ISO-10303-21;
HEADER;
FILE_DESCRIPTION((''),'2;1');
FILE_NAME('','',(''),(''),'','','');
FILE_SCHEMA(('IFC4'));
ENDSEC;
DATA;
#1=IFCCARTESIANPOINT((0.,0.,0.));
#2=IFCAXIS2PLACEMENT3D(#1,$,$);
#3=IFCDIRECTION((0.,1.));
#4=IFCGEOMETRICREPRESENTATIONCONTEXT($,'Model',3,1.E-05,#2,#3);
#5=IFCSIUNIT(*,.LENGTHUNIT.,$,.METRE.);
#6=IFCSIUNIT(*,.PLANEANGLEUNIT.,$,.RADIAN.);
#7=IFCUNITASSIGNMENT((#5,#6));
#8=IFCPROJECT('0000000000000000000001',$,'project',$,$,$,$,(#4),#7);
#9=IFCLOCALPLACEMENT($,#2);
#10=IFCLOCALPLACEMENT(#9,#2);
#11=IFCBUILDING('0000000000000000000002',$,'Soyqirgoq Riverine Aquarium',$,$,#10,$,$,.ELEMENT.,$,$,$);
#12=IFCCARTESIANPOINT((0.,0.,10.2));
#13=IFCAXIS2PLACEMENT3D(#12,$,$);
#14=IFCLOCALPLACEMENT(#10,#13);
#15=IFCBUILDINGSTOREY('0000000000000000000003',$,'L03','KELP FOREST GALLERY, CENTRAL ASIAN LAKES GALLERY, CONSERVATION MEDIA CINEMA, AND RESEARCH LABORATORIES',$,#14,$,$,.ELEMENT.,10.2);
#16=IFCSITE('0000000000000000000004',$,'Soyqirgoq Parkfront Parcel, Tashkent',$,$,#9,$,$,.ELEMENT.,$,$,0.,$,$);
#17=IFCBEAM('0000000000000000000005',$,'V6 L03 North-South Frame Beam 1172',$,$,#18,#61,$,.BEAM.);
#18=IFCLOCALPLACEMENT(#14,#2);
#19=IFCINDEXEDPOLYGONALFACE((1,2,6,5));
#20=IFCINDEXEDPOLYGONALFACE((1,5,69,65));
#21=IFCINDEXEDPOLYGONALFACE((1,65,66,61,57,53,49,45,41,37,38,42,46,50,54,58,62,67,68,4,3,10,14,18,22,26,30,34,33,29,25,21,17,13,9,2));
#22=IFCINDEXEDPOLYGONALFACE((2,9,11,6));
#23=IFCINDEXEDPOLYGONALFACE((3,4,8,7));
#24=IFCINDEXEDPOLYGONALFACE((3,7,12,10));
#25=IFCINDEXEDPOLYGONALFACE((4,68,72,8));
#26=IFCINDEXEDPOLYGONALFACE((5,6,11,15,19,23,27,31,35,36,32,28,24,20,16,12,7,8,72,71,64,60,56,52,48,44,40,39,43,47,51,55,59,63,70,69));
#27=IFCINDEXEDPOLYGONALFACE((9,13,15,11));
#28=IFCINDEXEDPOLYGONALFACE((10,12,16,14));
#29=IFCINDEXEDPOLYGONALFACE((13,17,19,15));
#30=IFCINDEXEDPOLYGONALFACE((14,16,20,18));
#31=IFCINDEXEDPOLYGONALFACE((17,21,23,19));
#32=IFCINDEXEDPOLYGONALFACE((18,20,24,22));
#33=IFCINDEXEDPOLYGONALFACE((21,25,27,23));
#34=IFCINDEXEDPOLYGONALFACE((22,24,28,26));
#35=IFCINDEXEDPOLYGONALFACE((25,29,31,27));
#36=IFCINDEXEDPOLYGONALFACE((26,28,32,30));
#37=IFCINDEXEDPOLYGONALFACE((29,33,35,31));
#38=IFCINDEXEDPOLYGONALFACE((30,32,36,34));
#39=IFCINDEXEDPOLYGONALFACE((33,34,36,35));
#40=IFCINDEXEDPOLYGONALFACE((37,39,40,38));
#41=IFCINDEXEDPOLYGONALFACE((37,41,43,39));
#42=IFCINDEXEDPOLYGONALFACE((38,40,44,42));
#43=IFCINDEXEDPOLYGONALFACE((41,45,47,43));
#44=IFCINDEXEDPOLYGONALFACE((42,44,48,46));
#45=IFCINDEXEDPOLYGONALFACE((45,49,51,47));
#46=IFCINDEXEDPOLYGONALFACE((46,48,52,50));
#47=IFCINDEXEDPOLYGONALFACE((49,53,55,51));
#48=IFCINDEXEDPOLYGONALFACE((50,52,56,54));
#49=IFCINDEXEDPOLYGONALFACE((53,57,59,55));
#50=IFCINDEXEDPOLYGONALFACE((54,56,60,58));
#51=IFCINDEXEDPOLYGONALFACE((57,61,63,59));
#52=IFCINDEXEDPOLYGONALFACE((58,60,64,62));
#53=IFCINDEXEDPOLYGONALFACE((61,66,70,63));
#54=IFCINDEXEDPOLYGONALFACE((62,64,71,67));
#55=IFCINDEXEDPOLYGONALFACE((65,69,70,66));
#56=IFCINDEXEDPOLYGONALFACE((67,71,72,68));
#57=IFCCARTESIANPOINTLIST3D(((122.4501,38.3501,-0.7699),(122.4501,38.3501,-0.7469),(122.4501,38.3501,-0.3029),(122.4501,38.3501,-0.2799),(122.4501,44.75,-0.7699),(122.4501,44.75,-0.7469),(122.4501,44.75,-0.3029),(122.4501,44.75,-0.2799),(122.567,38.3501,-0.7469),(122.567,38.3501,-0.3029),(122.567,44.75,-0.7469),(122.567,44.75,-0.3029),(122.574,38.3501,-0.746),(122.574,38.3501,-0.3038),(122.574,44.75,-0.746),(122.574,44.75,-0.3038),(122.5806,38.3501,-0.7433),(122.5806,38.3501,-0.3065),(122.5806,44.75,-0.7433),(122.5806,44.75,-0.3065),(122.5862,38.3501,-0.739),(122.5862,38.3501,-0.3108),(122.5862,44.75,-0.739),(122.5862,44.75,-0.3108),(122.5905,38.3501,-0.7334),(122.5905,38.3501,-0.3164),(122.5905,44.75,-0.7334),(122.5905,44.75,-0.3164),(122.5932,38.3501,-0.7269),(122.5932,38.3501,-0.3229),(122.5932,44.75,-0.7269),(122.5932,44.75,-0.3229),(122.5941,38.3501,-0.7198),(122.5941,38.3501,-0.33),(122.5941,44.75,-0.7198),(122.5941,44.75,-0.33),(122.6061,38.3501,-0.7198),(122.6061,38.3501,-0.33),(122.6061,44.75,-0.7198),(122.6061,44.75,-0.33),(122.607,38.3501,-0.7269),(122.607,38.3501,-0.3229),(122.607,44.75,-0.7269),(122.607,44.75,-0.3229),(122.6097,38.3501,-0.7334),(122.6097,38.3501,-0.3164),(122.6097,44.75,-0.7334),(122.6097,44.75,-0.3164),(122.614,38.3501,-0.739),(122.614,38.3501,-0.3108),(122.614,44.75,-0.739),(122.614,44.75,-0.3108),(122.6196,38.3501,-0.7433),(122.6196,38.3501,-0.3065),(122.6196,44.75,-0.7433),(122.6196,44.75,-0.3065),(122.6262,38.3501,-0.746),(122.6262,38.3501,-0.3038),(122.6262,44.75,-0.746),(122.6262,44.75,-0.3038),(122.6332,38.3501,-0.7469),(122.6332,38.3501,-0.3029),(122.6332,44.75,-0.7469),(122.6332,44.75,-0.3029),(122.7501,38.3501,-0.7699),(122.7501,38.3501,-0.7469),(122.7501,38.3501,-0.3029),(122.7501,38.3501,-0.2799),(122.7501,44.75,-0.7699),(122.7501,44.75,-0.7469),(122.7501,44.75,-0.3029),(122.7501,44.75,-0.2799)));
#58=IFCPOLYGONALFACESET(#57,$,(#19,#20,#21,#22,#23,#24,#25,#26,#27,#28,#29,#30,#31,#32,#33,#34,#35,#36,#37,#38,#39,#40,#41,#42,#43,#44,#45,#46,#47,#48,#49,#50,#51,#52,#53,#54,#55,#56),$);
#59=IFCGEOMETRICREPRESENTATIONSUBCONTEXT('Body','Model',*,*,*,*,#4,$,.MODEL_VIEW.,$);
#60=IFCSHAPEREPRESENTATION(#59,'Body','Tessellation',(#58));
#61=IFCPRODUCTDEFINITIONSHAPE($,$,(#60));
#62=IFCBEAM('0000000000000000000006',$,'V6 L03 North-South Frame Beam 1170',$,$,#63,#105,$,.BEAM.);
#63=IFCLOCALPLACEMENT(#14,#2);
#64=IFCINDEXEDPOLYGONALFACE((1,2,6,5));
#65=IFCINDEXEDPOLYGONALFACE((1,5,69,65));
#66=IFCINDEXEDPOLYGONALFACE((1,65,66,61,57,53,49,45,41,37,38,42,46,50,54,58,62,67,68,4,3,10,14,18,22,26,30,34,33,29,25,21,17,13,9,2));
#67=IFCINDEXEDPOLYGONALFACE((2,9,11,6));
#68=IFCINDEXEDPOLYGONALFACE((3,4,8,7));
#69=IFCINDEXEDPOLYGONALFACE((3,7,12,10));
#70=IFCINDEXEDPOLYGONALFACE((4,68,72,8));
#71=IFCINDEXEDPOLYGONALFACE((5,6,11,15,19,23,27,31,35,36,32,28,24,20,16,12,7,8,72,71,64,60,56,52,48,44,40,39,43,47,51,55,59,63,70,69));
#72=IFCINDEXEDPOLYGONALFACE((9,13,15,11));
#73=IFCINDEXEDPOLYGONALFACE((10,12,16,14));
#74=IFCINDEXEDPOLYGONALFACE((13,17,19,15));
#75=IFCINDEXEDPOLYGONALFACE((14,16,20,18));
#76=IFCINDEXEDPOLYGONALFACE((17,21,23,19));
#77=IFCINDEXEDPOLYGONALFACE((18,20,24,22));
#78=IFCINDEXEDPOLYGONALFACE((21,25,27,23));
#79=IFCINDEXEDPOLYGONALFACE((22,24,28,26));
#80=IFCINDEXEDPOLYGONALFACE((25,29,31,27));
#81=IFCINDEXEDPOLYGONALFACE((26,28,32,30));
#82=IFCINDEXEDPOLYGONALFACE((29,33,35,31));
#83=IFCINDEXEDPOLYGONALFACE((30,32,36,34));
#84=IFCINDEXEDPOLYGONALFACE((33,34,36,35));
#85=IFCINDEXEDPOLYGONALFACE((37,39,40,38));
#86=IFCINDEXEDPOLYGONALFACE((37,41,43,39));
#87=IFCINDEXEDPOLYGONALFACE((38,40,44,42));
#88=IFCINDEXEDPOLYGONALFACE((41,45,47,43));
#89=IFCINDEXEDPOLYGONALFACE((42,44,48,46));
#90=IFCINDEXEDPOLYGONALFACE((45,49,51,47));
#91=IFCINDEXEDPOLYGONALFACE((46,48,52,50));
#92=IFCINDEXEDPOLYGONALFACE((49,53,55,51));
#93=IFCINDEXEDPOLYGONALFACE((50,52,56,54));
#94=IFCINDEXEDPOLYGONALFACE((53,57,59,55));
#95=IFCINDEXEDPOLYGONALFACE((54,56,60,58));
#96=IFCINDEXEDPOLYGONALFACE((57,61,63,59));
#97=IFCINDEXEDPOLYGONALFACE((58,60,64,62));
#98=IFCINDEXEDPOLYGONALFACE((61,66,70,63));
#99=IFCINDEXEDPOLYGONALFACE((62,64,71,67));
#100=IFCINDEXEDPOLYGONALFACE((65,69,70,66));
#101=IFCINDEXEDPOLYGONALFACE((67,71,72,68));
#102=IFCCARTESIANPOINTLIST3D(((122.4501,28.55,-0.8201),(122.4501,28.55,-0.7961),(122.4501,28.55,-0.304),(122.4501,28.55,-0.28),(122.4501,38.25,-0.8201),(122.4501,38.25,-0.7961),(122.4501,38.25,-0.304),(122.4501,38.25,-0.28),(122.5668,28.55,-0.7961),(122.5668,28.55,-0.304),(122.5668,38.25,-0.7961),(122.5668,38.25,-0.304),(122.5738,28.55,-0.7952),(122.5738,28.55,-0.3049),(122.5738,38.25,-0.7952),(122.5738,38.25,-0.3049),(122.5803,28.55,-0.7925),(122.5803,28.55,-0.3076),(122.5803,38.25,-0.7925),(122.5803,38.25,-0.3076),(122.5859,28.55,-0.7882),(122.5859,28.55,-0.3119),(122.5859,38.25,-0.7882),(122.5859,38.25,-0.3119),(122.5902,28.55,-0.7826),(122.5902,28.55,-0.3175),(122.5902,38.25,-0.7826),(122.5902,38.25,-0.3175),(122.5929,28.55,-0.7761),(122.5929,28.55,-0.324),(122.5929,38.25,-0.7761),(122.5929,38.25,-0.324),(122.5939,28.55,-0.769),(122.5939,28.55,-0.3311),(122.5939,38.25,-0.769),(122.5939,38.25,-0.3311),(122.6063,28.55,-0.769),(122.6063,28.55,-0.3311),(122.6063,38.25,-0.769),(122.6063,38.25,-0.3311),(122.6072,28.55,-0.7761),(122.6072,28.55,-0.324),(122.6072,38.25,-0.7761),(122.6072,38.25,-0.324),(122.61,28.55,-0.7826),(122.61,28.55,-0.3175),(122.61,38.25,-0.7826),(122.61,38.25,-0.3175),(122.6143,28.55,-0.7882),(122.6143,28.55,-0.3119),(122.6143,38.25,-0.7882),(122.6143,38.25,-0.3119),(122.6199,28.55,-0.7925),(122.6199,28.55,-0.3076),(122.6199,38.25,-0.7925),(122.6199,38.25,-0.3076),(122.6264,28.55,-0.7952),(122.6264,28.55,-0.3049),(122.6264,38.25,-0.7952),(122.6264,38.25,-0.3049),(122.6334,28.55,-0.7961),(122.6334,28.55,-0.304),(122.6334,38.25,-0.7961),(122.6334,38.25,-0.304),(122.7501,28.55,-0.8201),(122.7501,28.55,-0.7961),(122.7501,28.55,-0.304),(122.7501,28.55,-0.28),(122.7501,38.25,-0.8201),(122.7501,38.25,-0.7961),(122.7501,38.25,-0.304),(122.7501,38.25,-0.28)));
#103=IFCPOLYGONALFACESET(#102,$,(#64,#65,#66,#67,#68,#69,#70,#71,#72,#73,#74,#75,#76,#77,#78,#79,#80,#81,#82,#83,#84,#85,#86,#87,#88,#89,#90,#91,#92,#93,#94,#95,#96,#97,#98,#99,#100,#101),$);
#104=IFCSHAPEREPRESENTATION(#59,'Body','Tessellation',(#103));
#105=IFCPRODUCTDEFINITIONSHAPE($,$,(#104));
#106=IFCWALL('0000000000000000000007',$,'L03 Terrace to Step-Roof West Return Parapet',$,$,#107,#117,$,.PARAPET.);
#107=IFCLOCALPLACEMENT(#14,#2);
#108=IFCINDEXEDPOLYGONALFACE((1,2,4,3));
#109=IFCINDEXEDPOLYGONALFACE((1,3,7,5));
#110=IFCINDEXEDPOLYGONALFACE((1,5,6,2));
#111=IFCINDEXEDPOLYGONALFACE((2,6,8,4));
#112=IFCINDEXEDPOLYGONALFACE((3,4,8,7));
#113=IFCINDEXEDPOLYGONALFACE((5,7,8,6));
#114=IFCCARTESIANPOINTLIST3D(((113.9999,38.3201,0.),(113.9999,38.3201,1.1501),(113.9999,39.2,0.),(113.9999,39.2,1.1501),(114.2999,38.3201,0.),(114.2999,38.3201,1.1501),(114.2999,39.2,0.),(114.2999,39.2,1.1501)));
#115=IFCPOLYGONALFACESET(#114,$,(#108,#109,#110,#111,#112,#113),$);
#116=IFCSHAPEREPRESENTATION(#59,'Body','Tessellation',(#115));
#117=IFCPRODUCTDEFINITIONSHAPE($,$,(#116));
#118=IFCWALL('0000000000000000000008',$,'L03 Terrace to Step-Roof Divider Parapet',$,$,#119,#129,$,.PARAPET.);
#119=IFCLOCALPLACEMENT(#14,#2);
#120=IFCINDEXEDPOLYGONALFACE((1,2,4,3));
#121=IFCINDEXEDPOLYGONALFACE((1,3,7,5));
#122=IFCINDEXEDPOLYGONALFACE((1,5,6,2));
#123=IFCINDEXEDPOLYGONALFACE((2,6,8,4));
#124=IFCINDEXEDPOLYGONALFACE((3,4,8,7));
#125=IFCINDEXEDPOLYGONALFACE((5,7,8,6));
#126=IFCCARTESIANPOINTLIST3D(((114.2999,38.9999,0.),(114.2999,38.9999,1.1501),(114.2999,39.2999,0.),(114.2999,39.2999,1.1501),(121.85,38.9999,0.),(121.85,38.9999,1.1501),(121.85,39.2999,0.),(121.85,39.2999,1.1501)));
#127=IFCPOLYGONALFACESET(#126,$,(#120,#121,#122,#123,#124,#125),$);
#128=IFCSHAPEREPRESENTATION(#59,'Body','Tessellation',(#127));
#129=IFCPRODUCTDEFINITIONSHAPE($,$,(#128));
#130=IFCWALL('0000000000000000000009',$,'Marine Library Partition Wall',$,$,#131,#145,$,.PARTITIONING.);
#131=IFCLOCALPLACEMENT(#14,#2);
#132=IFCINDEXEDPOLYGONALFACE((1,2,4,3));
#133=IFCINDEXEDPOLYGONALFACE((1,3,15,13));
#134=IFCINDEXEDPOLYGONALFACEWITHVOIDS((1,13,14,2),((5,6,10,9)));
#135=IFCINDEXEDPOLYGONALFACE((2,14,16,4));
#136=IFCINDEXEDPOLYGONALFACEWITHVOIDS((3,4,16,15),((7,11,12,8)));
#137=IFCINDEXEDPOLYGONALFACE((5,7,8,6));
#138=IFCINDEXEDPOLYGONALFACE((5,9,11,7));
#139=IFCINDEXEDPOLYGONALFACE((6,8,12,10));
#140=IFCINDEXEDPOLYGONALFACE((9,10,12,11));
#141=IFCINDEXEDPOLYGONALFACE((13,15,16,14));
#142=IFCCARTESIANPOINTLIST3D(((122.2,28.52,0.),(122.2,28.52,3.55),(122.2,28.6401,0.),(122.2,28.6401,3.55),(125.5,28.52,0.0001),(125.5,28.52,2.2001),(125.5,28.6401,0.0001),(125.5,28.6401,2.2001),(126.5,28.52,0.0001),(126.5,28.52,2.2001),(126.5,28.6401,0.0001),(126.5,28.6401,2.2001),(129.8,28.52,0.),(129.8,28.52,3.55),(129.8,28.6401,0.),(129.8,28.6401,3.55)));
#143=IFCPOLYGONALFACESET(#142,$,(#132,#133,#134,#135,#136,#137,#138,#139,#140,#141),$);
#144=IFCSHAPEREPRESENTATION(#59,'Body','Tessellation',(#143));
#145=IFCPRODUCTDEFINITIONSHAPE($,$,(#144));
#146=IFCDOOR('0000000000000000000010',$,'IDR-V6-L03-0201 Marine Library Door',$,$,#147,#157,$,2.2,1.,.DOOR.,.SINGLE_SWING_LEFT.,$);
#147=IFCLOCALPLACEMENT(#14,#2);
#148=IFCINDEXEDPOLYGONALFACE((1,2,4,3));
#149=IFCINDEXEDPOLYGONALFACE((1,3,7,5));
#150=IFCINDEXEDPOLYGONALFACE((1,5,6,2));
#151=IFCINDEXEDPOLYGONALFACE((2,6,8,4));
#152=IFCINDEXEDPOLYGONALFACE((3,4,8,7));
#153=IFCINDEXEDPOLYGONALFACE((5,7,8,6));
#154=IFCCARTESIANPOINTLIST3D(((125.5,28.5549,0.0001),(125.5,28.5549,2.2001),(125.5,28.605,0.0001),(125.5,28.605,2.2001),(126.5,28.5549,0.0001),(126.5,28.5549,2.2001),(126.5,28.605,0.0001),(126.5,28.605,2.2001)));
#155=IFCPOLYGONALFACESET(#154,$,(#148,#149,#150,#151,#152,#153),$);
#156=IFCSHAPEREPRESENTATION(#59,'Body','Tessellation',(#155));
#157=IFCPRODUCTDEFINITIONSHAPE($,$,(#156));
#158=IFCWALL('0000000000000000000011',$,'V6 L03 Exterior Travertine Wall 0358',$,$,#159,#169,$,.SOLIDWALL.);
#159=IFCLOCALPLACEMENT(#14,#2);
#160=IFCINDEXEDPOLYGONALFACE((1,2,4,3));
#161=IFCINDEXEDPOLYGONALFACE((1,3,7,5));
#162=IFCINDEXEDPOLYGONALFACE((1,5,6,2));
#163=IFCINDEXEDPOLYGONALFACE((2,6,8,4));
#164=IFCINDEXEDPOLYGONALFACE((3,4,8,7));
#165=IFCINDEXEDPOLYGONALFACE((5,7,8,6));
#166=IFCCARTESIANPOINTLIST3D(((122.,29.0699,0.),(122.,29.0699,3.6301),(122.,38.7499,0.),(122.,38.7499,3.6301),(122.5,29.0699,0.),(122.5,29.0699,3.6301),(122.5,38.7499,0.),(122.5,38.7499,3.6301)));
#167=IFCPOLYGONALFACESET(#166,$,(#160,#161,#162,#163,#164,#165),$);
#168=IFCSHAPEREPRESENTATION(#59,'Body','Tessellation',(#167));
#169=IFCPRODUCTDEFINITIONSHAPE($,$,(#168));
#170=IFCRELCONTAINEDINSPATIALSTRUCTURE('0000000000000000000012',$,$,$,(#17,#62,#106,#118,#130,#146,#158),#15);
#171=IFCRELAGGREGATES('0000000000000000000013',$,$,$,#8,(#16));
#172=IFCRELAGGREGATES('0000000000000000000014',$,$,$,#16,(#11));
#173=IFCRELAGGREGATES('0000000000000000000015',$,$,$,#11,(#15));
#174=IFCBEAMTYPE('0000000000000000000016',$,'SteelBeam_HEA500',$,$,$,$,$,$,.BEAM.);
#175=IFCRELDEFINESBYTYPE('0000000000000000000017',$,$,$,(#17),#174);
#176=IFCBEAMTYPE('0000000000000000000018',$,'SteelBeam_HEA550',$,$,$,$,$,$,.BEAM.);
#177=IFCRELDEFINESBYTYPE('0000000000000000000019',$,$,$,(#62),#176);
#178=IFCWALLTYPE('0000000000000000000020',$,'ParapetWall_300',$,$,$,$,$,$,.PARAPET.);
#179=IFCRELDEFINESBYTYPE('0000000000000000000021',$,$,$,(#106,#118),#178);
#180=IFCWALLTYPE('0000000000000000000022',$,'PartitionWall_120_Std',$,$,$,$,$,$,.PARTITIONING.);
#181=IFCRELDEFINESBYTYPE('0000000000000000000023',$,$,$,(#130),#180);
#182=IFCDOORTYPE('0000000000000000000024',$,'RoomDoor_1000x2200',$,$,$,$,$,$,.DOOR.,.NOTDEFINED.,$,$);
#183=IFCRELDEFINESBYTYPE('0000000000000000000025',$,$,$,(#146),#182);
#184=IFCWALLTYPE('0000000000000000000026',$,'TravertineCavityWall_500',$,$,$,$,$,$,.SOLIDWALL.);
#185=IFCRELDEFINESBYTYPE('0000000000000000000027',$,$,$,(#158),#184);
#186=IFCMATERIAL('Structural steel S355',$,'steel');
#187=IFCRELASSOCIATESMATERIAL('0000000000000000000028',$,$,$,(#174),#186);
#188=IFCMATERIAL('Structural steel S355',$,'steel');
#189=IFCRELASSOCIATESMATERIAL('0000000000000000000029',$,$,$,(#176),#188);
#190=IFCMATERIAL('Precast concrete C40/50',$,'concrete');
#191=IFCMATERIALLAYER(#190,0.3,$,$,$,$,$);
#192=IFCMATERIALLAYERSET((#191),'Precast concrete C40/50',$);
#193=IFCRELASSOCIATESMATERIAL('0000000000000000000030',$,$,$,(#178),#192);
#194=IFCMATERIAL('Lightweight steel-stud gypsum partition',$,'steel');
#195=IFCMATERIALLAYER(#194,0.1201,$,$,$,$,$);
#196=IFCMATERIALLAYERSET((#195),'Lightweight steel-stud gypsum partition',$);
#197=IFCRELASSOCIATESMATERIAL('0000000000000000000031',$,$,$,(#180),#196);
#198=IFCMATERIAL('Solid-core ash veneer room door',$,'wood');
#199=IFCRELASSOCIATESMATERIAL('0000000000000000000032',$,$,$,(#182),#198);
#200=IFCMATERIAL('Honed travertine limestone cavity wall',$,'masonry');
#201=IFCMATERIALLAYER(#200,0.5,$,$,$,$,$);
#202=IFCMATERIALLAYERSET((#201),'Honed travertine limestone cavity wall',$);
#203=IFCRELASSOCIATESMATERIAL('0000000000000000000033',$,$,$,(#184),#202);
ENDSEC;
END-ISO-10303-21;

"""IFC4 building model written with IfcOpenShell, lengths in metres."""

from ifc_helpers import new_model, si_unit, direction, frame, frame_2d, origin, origin_2d, place, context, subcontext, project, spatial, rectangle, i_section, extrude, material, layer, layer_set, material_profile, profile_set, type_object, element, fill, save


model = new_model("IFC4")

# Units and contexts
model_context = context("Model", 3, precision=1e-05, world=origin(), true_north=direction((0.0, 1.0)))
body_context = subcontext(model_context, "Body", "Model", "MODEL_VIEW")
ifc_project = project(units=[si_unit("LENGTHUNIT", "METRE"), si_unit("PLANEANGLEUNIT", "RADIAN")], contexts=[model_context])

# Site, building, storey
site_placement = place(None, origin())
site = spatial("IfcSite", under=ifc_project, at=site_placement, Name="Soyqirgoq Parkfront Parcel, Tashkent", CompositionType="ELEMENT", RefElevation=0.0)
building_placement = place(site_placement, origin())
building = spatial("IfcBuilding", under=site, at=building_placement, Name="Soyqirgoq Riverine Aquarium", CompositionType="ELEMENT")
storey_placement = place(building_placement, frame((0.0, 0.0, 10.2)))
storey = spatial("IfcBuildingStorey", under=building, at=storey_placement, Name="L03", Description="KELP FOREST GALLERY, CENTRAL ASIAN LAKES GALLERY, CONSERVATION MEDIA CINEMA, AND RESEARCH LABORATORIES", CompositionType="ELEMENT", Elevation=10.2)

# Beams
ifc_material_1 = material(Name="Structural steel S355", Category="steel")
ifc_material_profile_1 = material_profile(ifc_material_1, i_section(OverallWidth=0.3, OverallDepth=0.49, WebThickness=0.012, FlangeThickness=0.0229, FilletRadius=0.0271, at=origin_2d()), Name="HEA 500")
ifc_profile_set_1 = profile_set([ifc_material_profile_1], Name="Structural steel S355")
beam_type_1 = type_object("IfcBeamType", Name="SteelBeam_HEA500", PredefinedType="BEAM", material=ifc_profile_set_1)
beam_1_placement = place(storey_placement, frame((122.6001, 38.3501, -0.5249), z_axis=(0.0, 1.0, 0.0), x_axis=(-1.0, 0.0, 0.0)))
element("IfcBeam", 1, at=beam_1_placement, inside=storey, type_object=beam_type_1, Name="V6 L03 North-South Frame Beam 1172", PredefinedType="BEAM", context=body_context, shape_type="SweptSolid", body=[
    extrude(i_section(OverallWidth=0.3, OverallDepth=0.49, WebThickness=0.012, FlangeThickness=0.0229, FilletRadius=0.0271, at=origin_2d()), origin(), (0.0, 0.0, 1.0), 6.3999),
])
ifc_material_2 = material(Name="Structural steel S355", Category="steel")
ifc_material_profile_2 = material_profile(ifc_material_2, i_section(OverallWidth=0.3, OverallDepth=0.54, WebThickness=0.0125, FlangeThickness=0.0239, FilletRadius=0.0271, at=origin_2d()), Name="HEA 550")
ifc_profile_set_2 = profile_set([ifc_material_profile_2], Name="Structural steel S355")
beam_type_2 = type_object("IfcBeamType", Name="SteelBeam_HEA550", PredefinedType="BEAM", material=ifc_profile_set_2)
beam_2_placement = place(storey_placement, frame((122.6001, 28.55, -0.55), z_axis=(0.0, 1.0, 0.0), x_axis=(-1.0, 0.0, 0.0)))
element("IfcBeam", 2, at=beam_2_placement, inside=storey, type_object=beam_type_2, Name="V6 L03 North-South Frame Beam 1170", PredefinedType="BEAM", context=body_context, shape_type="SweptSolid", body=[
    extrude(i_section(OverallWidth=0.3, OverallDepth=0.54, WebThickness=0.0125, FlangeThickness=0.0239, FilletRadius=0.0271, at=origin_2d()), origin(), (0.0, 0.0, 1.0), 9.7),
])

# Walls
ifc_material_3 = material(Name="Precast concrete C40/50", Category="concrete")
ifc_layer_1 = layer(ifc_material_3, 0.3)
ifc_layer_set_1 = layer_set([ifc_layer_1], Name="Precast concrete C40/50")
wall_type_1 = type_object("IfcWallType", Name="ParapetWall_300", PredefinedType="PARAPET", material=ifc_layer_set_1)
wall_1_placement = place(storey_placement, frame((114.1499, 38.3201, 0.0), z_axis=(0.0, 0.0, 1.0), x_axis=(0.0, 1.0, 0.0)))
element("IfcWall", 3, at=wall_1_placement, inside=storey, type_object=wall_type_1, Name="L03 Terrace to Step-Roof West Return Parapet", PredefinedType="PARAPET", context=body_context, shape_type="SweptSolid", body=[
    extrude(rectangle(XDim=0.8799, YDim=0.3, at=frame_2d((0.4399, 0.0))), origin(), (0.0, 0.0, 1.0), 1.1501),
])
wall_2_placement = place(storey_placement, frame((114.3, 39.1499, 0.0), z_axis=(0.0, 0.0, 1.0), x_axis=(1.0, 0.0, 0.0)))
element("IfcWall", 4, at=wall_2_placement, inside=storey, type_object=wall_type_1, Name="L03 Terrace to Step-Roof Divider Parapet", PredefinedType="PARAPET", context=body_context, shape_type="SweptSolid", body=[
    extrude(rectangle(XDim=7.55, YDim=0.3, at=frame_2d((3.7749, 0.0))), origin(), (0.0, 0.0, 1.0), 1.1501),
])

# Wall, opening, door
ifc_material_4 = material(Name="Lightweight steel-stud gypsum partition", Category="steel")
ifc_layer_2 = layer(ifc_material_4, 0.1201)
ifc_layer_set_2 = layer_set([ifc_layer_2], Name="Lightweight steel-stud gypsum partition")
wall_type_2 = type_object("IfcWallType", Name="PartitionWall_120_Std", PredefinedType="PARTITIONING", material=ifc_layer_set_2)
wall_3_placement = place(storey_placement, frame((122.2, 28.5801, 0.0), z_axis=(0.0, 0.0, 1.0), x_axis=(1.0, 0.0, 0.0)))
wall_3 = element("IfcWall", 5, at=wall_3_placement, inside=storey, type_object=wall_type_2, Name="Marine Library Partition Wall", PredefinedType="PARTITIONING", context=body_context, shape_type="SweptSolid", body=[
    extrude(rectangle(XDim=7.6001, YDim=0.1201, at=frame_2d((3.8, 0.0))), origin(), (0.0, 0.0, 1.0), 3.55),
])
opening_1_placement = place(wall_3_placement, frame((3.3, 0.0, 0.0)))
opening_1 = element("IfcOpeningElement", 6, at=opening_1_placement, cuts=wall_3, PredefinedType="OPENING", context=body_context, shape_type="SweptSolid", body=[
    extrude(rectangle(XDim=1.0, YDim=2.2, at=frame_2d((0.5, 1.1001))), frame((0.0, 0.0701, 0.0), z_axis=(0.0, -1.0, 0.0), x_axis=(1.0, 0.0, 0.0)), (0.0, 0.0, 1.0), 0.1401),
])
ifc_material_5 = material(Name="Solid-core ash veneer room door", Category="wood")
door_type = type_object("IfcDoorType", Name="RoomDoor_1000x2200", OperationType="NOTDEFINED", PredefinedType="DOOR", material=ifc_material_5)
door_placement = place(opening_1_placement, origin())
door = element("IfcDoor", 7, at=door_placement, inside=storey, type_object=door_type, Name="IDR-V6-L03-0201 Marine Library Door", OperationType="SINGLE_SWING_LEFT", OverallHeight=2.2, OverallWidth=1.0, PredefinedType="DOOR", context=body_context, shape_type="SweptSolid", body=[
    extrude(rectangle(XDim=1.0, YDim=2.2, at=frame_2d((0.5, 1.1001))), frame((0.0, 0.0249, 0.0), z_axis=(0.0, -1.0, 0.0), x_axis=(1.0, 0.0, 0.0)), (0.0, 0.0, 1.0), 0.05),
])
fill(opening_1, door)

# Wall
ifc_material_6 = material(Name="Honed travertine limestone cavity wall", Category="masonry")
ifc_layer_3 = layer(ifc_material_6, 0.5)
ifc_layer_set_3 = layer_set([ifc_layer_3], Name="Honed travertine limestone cavity wall")
wall_type_3 = type_object("IfcWallType", Name="TravertineCavityWall_500", PredefinedType="SOLIDWALL", material=ifc_layer_set_3)
wall_4_placement = place(storey_placement, frame((122.25, 29.0701, 0.0), z_axis=(0.0, 0.0, 1.0), x_axis=(0.0, 1.0, 0.0)))
element("IfcWall", 8, at=wall_4_placement, inside=storey, type_object=wall_type_3, Name="V6 L03 Exterior Travertine Wall 0358", PredefinedType="SOLIDWALL", context=body_context, shape_type="SweptSolid", body=[
    extrude(rectangle(XDim=9.6799, YDim=0.5, at=frame_2d((4.8398, 0.0))), origin(), (0.0, 0.0, 1.0), 3.6301),
])

save(model, "model.ifc")
